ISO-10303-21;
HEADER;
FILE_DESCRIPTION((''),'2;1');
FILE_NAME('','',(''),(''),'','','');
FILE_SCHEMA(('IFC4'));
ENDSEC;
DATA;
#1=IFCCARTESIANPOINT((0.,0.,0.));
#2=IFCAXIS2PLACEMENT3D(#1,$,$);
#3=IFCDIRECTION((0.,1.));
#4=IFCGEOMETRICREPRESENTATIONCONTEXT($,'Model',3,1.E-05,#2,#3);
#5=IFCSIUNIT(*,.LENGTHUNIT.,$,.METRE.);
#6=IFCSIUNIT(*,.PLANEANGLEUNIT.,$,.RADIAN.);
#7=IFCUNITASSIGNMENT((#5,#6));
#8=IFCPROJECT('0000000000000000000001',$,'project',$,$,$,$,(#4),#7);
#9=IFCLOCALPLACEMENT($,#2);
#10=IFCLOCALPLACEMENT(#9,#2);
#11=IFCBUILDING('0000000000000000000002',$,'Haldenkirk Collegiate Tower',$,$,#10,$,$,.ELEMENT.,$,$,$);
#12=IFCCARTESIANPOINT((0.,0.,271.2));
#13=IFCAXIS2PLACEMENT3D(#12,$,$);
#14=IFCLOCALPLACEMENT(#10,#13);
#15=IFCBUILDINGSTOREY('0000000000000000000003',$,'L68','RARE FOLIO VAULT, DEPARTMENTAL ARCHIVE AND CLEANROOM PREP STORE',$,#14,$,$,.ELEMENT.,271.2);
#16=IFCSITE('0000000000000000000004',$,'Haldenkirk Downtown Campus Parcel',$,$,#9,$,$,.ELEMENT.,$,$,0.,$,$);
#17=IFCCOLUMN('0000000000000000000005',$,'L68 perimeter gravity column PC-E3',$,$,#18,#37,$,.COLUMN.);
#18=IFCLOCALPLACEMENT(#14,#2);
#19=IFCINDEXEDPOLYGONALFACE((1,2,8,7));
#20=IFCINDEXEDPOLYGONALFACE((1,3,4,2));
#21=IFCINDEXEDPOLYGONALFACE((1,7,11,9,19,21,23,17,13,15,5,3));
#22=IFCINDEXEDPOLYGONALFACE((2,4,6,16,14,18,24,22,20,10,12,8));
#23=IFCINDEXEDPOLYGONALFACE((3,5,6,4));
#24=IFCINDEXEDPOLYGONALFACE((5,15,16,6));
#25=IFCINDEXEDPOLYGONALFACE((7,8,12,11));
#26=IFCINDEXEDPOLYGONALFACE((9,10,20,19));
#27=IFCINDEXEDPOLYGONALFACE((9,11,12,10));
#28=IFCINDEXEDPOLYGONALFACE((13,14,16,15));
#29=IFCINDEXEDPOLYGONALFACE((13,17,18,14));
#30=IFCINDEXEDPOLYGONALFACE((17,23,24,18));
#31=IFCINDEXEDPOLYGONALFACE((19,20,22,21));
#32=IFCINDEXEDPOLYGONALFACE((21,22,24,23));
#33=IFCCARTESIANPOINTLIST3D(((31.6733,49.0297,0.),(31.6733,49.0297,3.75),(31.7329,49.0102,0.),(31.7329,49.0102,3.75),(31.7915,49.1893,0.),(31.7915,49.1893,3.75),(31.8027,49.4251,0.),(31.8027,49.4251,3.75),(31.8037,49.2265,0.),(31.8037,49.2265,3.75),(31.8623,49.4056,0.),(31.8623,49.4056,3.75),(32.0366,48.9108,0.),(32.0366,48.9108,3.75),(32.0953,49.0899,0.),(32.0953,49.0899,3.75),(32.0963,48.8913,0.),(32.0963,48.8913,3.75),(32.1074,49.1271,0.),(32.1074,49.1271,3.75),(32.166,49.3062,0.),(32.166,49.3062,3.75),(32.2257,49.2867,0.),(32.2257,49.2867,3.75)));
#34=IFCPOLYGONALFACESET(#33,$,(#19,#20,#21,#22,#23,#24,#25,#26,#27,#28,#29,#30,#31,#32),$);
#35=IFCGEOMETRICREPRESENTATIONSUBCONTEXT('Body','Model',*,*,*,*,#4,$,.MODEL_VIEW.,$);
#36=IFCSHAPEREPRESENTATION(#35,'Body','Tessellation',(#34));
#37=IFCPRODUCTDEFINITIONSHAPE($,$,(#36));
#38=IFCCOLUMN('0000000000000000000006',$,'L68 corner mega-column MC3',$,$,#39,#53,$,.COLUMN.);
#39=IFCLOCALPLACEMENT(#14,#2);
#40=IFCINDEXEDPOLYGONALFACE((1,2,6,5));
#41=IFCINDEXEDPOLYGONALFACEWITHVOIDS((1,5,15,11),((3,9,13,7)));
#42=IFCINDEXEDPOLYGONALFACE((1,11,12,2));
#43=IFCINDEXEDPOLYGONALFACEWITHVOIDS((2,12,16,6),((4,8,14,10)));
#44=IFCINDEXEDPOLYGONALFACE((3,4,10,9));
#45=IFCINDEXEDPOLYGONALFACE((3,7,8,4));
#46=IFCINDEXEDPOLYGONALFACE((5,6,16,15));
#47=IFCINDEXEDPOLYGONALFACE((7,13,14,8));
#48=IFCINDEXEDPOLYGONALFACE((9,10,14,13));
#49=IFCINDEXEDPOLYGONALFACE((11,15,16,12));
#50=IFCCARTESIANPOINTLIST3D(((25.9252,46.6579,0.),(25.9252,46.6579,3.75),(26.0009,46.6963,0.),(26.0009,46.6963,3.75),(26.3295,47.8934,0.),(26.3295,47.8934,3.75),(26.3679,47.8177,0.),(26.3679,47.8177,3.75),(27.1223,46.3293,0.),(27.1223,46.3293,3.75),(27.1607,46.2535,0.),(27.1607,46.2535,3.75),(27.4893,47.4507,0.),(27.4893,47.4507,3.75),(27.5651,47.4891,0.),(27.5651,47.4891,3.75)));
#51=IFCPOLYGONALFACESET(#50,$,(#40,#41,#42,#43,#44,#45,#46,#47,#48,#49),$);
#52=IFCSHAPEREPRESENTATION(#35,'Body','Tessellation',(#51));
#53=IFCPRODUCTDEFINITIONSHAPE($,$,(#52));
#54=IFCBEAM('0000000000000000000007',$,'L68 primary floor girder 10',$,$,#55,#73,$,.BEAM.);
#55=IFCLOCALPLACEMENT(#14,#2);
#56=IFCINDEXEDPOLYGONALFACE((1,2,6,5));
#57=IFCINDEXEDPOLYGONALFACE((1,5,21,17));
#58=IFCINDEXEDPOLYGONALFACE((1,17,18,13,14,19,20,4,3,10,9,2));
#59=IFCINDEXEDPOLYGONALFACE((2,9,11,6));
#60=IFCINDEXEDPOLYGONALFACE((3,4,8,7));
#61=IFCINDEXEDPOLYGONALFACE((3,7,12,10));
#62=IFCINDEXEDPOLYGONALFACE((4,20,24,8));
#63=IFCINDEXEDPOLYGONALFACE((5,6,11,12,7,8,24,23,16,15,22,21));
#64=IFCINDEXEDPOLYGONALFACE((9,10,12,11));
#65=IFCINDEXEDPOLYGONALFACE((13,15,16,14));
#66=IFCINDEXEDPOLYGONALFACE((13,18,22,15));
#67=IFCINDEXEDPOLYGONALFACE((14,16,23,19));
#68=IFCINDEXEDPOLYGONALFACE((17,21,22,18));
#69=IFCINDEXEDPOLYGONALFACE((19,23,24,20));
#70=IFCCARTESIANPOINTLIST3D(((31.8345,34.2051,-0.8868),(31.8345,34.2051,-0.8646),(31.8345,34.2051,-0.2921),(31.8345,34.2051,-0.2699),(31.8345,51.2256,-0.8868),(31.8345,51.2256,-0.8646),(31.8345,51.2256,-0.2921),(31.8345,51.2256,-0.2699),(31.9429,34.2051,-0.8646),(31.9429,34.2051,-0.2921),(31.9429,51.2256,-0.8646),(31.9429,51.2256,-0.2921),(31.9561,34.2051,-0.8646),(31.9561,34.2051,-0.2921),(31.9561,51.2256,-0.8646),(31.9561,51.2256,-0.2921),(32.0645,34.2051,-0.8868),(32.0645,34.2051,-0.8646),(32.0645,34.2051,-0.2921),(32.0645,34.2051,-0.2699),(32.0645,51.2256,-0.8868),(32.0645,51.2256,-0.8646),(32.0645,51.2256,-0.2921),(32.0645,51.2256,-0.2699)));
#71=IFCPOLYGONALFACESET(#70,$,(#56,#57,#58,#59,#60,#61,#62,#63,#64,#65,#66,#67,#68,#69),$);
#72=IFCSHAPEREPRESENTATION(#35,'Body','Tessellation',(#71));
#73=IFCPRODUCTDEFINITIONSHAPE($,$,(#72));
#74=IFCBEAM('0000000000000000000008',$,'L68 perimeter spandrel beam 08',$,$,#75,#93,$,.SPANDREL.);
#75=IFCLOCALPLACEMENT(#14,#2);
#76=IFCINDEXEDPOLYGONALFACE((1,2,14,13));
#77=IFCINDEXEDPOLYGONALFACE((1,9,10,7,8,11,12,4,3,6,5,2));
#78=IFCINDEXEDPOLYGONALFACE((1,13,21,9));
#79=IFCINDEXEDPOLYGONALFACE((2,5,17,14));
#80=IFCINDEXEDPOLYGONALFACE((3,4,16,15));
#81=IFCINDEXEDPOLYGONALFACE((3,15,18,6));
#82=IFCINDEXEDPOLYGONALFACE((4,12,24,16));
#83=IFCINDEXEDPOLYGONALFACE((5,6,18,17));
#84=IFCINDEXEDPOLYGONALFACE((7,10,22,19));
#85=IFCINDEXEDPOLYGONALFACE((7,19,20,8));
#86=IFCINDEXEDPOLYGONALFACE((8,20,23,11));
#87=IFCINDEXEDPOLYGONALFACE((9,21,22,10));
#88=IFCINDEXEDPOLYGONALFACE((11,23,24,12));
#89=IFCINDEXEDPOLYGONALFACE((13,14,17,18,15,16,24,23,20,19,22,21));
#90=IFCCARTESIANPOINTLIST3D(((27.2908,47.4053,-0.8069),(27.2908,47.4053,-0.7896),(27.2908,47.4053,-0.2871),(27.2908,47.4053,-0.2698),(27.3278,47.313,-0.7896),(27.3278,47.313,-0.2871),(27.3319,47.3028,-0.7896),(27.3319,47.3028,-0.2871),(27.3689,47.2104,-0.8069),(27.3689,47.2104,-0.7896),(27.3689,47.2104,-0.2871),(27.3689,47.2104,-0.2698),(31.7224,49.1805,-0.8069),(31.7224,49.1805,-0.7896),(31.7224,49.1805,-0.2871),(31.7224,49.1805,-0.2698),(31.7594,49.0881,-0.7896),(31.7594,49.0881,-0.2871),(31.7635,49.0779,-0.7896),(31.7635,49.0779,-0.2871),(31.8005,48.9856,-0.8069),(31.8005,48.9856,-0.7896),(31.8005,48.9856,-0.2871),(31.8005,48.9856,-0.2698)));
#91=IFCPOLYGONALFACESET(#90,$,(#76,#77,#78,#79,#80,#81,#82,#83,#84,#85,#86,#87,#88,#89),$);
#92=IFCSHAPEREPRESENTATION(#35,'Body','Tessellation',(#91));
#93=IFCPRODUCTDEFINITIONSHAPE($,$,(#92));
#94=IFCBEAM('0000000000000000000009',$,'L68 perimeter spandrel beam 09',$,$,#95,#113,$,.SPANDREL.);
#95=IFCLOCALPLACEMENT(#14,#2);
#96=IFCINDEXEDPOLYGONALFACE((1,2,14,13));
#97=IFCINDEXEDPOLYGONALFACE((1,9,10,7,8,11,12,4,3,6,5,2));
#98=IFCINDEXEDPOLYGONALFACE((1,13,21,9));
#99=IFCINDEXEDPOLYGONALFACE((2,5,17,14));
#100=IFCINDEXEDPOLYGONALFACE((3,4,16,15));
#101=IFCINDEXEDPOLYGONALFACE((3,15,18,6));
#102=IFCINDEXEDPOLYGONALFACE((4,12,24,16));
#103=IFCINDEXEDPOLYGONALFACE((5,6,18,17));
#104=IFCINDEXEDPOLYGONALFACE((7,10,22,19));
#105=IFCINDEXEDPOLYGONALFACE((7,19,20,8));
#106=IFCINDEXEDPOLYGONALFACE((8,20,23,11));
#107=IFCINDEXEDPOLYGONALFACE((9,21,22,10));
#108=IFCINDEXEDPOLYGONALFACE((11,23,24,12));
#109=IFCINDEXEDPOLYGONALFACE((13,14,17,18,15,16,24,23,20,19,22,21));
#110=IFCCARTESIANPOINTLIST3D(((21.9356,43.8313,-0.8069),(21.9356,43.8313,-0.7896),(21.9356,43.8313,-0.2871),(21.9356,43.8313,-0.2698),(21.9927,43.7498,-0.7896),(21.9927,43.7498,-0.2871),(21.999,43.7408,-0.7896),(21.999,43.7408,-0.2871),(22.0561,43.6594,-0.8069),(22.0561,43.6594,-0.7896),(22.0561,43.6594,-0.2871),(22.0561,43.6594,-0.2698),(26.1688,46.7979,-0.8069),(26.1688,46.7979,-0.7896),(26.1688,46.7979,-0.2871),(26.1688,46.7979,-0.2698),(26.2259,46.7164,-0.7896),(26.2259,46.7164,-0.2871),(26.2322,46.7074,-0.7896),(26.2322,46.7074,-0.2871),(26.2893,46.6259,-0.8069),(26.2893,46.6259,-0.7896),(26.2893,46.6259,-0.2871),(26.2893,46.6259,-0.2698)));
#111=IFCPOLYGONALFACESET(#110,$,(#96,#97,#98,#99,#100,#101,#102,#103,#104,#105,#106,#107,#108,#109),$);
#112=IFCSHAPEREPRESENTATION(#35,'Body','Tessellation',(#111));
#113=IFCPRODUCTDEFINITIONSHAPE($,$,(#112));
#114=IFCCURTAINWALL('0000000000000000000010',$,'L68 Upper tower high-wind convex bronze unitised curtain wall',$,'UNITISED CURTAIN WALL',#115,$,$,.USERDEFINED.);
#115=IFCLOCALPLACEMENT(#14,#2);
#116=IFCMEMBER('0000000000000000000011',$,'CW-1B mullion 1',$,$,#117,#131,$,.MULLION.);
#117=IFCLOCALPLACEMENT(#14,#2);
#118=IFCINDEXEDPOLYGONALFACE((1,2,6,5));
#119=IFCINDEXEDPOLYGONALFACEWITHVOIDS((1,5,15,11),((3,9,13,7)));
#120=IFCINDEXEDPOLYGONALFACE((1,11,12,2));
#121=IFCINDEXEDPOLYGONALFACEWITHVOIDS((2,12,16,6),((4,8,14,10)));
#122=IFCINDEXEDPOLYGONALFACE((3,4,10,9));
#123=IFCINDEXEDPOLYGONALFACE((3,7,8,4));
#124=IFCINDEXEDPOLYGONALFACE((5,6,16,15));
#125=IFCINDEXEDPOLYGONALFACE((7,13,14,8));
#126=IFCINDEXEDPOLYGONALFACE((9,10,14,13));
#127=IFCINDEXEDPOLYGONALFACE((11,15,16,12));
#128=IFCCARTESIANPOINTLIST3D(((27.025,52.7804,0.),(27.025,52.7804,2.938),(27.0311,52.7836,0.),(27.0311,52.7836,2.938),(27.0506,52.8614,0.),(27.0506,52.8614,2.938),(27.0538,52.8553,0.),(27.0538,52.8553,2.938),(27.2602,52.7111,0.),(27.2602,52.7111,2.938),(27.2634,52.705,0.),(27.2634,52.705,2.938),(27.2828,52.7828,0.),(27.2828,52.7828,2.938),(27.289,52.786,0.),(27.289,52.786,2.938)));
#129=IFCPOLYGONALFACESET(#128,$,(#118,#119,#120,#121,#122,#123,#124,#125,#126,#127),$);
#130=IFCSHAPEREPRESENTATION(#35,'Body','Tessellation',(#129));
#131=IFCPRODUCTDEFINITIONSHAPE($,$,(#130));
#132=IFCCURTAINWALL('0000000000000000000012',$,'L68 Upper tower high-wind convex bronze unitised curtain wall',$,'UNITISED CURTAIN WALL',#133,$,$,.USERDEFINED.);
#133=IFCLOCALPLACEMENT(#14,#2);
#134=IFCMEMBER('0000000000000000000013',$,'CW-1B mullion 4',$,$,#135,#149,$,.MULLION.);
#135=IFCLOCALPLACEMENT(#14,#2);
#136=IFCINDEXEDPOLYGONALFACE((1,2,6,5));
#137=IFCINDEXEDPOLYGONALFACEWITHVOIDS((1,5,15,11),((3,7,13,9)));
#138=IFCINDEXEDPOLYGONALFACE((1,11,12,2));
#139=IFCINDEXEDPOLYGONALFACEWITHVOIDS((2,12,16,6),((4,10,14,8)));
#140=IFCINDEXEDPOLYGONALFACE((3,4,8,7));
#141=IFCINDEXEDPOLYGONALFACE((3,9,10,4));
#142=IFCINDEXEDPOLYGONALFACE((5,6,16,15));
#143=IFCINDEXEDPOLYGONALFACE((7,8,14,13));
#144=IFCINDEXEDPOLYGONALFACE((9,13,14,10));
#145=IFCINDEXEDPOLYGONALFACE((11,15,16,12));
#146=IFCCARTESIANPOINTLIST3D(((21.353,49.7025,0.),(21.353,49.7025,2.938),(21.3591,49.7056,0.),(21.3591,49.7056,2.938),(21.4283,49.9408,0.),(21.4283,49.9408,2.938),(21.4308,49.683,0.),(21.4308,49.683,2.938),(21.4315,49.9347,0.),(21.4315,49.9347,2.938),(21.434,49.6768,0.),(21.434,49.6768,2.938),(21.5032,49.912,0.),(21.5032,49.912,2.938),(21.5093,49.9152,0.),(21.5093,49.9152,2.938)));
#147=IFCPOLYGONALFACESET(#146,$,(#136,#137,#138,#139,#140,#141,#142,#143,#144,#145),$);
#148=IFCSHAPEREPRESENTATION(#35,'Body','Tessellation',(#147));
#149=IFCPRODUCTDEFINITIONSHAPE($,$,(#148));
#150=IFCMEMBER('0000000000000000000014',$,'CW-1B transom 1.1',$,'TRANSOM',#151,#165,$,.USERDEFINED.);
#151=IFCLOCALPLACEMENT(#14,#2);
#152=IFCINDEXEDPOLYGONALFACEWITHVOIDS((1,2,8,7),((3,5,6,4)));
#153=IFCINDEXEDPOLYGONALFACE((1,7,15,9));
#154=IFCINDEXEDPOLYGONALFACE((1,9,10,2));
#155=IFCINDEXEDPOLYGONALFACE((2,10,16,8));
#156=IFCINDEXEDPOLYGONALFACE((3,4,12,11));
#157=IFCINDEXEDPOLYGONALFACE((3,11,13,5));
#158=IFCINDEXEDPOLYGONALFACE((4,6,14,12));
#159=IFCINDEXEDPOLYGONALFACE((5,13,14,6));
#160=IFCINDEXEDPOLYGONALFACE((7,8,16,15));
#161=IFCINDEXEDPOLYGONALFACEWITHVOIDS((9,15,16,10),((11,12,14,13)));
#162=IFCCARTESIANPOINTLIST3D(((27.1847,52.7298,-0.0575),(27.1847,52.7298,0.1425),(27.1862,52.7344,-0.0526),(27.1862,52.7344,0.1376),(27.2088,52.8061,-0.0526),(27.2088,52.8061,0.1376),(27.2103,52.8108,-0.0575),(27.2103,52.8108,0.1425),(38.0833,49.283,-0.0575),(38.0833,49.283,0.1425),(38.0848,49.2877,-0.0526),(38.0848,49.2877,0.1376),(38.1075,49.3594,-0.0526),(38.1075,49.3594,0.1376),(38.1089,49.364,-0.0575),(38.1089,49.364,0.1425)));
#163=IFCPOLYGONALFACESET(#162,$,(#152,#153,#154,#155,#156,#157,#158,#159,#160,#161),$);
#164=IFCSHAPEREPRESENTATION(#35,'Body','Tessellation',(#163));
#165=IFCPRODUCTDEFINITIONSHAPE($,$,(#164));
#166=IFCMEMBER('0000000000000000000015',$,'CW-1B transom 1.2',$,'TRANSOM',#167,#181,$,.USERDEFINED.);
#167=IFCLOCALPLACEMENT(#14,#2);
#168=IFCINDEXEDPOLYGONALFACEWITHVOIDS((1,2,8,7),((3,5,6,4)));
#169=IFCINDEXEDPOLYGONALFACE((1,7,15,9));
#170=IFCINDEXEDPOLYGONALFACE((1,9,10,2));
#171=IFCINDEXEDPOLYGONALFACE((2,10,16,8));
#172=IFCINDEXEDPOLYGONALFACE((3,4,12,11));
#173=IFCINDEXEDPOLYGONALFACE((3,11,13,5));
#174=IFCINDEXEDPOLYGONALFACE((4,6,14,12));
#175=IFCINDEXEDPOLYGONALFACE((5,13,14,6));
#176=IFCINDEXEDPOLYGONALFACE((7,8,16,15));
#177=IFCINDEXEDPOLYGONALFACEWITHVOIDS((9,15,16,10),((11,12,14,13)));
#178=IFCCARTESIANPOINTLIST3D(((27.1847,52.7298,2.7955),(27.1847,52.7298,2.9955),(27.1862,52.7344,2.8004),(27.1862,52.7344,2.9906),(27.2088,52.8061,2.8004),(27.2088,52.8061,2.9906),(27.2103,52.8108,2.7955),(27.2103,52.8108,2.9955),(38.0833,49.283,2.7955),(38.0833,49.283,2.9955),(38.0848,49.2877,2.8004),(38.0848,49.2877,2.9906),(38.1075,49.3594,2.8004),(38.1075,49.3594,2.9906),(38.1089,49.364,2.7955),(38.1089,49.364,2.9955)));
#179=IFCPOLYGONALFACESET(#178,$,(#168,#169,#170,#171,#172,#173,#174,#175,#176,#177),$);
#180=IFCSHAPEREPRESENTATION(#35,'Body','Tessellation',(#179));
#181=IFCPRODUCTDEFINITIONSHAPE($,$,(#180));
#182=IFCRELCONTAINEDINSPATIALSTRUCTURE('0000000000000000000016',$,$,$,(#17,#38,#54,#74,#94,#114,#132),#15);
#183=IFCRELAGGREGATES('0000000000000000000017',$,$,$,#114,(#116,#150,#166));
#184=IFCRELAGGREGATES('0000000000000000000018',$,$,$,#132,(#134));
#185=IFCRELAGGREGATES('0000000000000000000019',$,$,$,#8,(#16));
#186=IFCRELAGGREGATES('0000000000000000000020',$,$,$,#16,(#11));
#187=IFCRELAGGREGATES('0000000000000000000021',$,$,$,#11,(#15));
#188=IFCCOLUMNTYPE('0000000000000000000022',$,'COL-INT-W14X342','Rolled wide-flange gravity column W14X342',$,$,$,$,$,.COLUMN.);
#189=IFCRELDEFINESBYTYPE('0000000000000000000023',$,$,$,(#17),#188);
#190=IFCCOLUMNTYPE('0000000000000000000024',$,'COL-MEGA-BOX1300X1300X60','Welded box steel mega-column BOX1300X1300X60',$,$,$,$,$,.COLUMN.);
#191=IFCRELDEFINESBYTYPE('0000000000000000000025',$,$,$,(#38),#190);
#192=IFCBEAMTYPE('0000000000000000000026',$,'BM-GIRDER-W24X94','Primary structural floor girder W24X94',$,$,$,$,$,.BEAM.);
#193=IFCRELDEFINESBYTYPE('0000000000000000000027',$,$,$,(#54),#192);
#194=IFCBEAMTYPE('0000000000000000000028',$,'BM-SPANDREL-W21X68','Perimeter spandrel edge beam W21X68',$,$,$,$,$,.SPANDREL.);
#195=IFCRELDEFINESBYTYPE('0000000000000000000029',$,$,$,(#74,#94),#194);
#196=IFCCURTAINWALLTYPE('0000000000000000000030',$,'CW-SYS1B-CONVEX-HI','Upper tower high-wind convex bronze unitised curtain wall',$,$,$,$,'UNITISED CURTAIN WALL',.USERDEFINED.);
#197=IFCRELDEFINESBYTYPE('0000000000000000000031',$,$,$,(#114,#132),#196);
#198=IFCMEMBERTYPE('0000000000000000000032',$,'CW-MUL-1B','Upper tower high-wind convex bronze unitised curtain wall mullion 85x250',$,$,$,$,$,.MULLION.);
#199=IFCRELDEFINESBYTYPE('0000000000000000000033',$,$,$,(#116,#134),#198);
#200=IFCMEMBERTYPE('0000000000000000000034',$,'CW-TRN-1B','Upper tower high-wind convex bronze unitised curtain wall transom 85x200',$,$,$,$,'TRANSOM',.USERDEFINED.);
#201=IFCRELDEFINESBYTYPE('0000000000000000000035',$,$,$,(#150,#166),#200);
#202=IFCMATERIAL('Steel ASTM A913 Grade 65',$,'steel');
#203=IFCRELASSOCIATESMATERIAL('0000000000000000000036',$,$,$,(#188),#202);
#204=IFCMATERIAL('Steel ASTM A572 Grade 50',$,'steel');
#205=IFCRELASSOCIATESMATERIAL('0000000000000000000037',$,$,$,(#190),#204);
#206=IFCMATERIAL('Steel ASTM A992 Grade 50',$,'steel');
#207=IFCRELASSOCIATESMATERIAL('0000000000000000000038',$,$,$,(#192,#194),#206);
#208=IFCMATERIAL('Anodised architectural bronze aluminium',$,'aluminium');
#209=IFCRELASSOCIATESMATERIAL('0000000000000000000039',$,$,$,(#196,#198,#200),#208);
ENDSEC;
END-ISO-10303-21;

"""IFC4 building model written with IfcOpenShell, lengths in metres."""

from ifc_helpers import new_model, si_unit, direction, frame, origin, origin_2d, place, context, subcontext, project, spatial, hollow_rectangle, i_section, extrude, material, material_profile, profile_set, type_object, element, aggregate, save


model = new_model("IFC4")

# Units and contexts
model_context = context("Model", 3, precision=1e-05, world=origin(), true_north=direction((0.0, 1.0)))
body_context = subcontext(model_context, "Body", "Model", "MODEL_VIEW")
ifc_project = project(units=[si_unit("LENGTHUNIT", "METRE"), si_unit("PLANEANGLEUNIT", "RADIAN")], contexts=[model_context])

# Site, building, storey
site_placement = place(None, origin())
site = spatial("IfcSite", under=ifc_project, at=site_placement, Name="Haldenkirk Downtown Campus Parcel", CompositionType="ELEMENT", RefElevation=0.0)
building_placement = place(site_placement, origin())
building = spatial("IfcBuilding", under=site, at=building_placement, Name="Haldenkirk Collegiate Tower", CompositionType="ELEMENT")
storey_placement = place(building_placement, frame((0.0, 0.0, 271.2)))
storey = spatial("IfcBuildingStorey", under=building, at=storey_placement, Name="L68", Description="RARE FOLIO VAULT, DEPARTMENTAL ARCHIVE AND CLEANROOM PREP STORE", CompositionType="ELEMENT", Elevation=271.2)

# Columns
ifc_material_1 = material(Name="Steel ASTM A913 Grade 65", Category="steel")
ifc_material_profile_1 = material_profile(ifc_material_1, i_section(OverallWidth=0.416, OverallDepth=0.4451, WebThickness=0.0391, FlangeThickness=0.0627, at=origin_2d()), Name="W14X342")
ifc_profile_set_1 = profile_set([ifc_material_profile_1], Name="Steel ASTM A913 Grade 65")
column_type_1 = type_object("IfcColumnType", Name="COL-INT-W14X342", Description="Rolled wide-flange gravity column W14X342", PredefinedType="COLUMN", material=ifc_profile_set_1)
column_1_placement = place(storey_placement, frame((31.9495, 49.1582, 0.0), z_axis=(0.0, 0.0, 1.0), x_axis=(0.311008, 0.950407, 0.0)))
element("IfcColumn", 1, at=column_1_placement, inside=storey, type_object=column_type_1, Name="L68 perimeter gravity column PC-E3", PredefinedType="COLUMN", context=body_context, shape_type="SweptSolid", body=[
    extrude(i_section(OverallWidth=0.416, OverallDepth=0.4451, WebThickness=0.0391, FlangeThickness=0.0627, at=origin_2d()), origin(), (0.0, 0.0, 1.0), 3.75),
])
ifc_material_2 = material(Name="Steel ASTM A572 Grade 50", Category="steel")
ifc_material_profile_2 = material_profile(ifc_material_2, hollow_rectangle(XDim=1.3, YDim=1.3, WallThickness=0.0601, at=origin_2d()), Name="BOX1300X1300X60")
ifc_profile_set_2 = profile_set([ifc_material_profile_2], Name="Steel ASTM A572 Grade 50")
column_type_2 = type_object("IfcColumnType", Name="COL-MEGA-BOX1300X1300X60", Description="Welded box steel mega-column BOX1300X1300X60", PredefinedType="COLUMN", material=ifc_profile_set_2)
column_2_placement = place(storey_placement, frame((26.7451, 47.0735, 0.0), z_axis=(0.0, 0.0, 1.0), x_axis=(0.311008, 0.950407, 0.0)))
element("IfcColumn", 2, at=column_2_placement, inside=storey, type_object=column_type_2, Name="L68 corner mega-column MC3", PredefinedType="COLUMN", context=body_context, shape_type="SweptSolid", body=[
    extrude(hollow_rectangle(XDim=1.3, YDim=1.3, WallThickness=0.0601, at=origin_2d()), origin(), (0.0, 0.0, 1.0), 3.75),
])

# Beams
ifc_material_3 = material(Name="Steel ASTM A992 Grade 50", Category="steel")
ifc_material_profile_3 = material_profile(ifc_material_3, i_section(OverallWidth=0.23, OverallDepth=0.6169, WebThickness=0.0132, FlangeThickness=0.0222, at=origin_2d()), Name="W24X94")
ifc_profile_set_3 = profile_set([ifc_material_profile_3], Name="Steel ASTM A992 Grade 50")
beam_type_1 = type_object("IfcBeamType", Name="BM-GIRDER-W24X94", Description="Primary structural floor girder W24X94", PredefinedType="BEAM", material=ifc_profile_set_3)
beam_1_placement = place(storey_placement, frame((31.9495, 51.2256, -0.5784), z_axis=(0.0, -1.0, 0.0), x_axis=(1.0, 0.0, 0.0)))
element("IfcBeam", 3, at=beam_1_placement, inside=storey, type_object=beam_type_1, Name="L68 primary floor girder 10", PredefinedType="BEAM", context=body_context, shape_type="SweptSolid", body=[
    extrude(i_section(OverallWidth=0.23, OverallDepth=0.6169, WebThickness=0.0132, FlangeThickness=0.0222, at=origin_2d()), origin(), (0.0, 0.0, 1.0), 17.0205),
])
ifc_material_profile_4 = material_profile(ifc_material_3, i_section(OverallWidth=0.21, OverallDepth=0.5371, WebThickness=0.011, FlangeThickness=0.0173, at=origin_2d()), Name="W21X68")
ifc_profile_set_4 = profile_set([ifc_material_profile_4], Name="Steel ASTM A992 Grade 50")
beam_type_2 = type_object("IfcBeamType", Name="BM-SPANDREL-W21X68", Description="Perimeter spandrel edge beam W21X68", PredefinedType="SPANDREL", material=ifc_profile_set_4)
beam_2_placement = place(storey_placement, frame((31.7615, 49.083, -0.5383), z_axis=(-0.928297, -0.37184, 0.0), x_axis=(0.37184, -0.928297, 0.0)))
element("IfcBeam", 4, at=beam_2_placement, inside=storey, type_object=beam_type_2, Name="L68 perimeter spandrel beam 08", PredefinedType="SPANDREL", context=body_context, shape_type="SweptSolid", body=[
    extrude(i_section(OverallWidth=0.21, OverallDepth=0.5371, WebThickness=0.011, FlangeThickness=0.0173, at=origin_2d()), origin(), (0.0, 0.0, 1.0), 4.7739),
])
beam_3_placement = place(storey_placement, frame((26.229, 46.7119, -0.5383), z_axis=(-0.818928, -0.573897, 0.0), x_axis=(0.573897, -0.818928, 0.0)))
element("IfcBeam", 5, at=beam_3_placement, inside=storey, type_object=beam_type_2, Name="L68 perimeter spandrel beam 09", PredefinedType="SPANDREL", context=body_context, shape_type="SweptSolid", body=[
    extrude(i_section(OverallWidth=0.21, OverallDepth=0.5371, WebThickness=0.011, FlangeThickness=0.0173, at=origin_2d()), origin(), (0.0, 0.0, 1.0), 5.1692),
])

# Curtain walls, members
ifc_material_4 = material(Name="Anodised architectural bronze aluminium", Category="aluminium")
curtain_wall_type = type_object("IfcCurtainWallType", Name="CW-SYS1B-CONVEX-HI", Description="Upper tower high-wind convex bronze unitised curtain wall", ElementType="UNITISED CURTAIN WALL", PredefinedType="USERDEFINED", material=ifc_material_4)
curtain_wall_1_placement = place(storey_placement, origin())
curtain_wall_1 = element("IfcCurtainWall", 6, at=curtain_wall_1_placement, inside=storey, type_object=curtain_wall_type, Name="L68 Upper tower high-wind convex bronze unitised curtain wall", ObjectType="UNITISED CURTAIN WALL", PredefinedType="USERDEFINED")
ifc_material_profile_5 = material_profile(ifc_material_4, hollow_rectangle(XDim=0.085, YDim=0.25, WallThickness=0.0049, at=origin_2d()), Name="CW-MUL-1B")
ifc_profile_set_5 = profile_set([ifc_material_profile_5], Name="Anodised architectural bronze aluminium")
member_type_1 = type_object("IfcMemberType", Name="CW-MUL-1B", Description="Upper tower high-wind convex bronze unitised curtain wall mullion 85x250", PredefinedType="MULLION", material=ifc_profile_set_5)
member_1_placement = place(storey_placement, frame((27.157, 52.7832, 0.0), z_axis=(0.0, 0.0, 1.0), x_axis=(0.301537, 0.953454, 0.0)))
member_1 = element("IfcMember", 7, at=member_1_placement, type_object=member_type_1, Name="CW-1B mullion 1", PredefinedType="MULLION", context=body_context, shape_type="SweptSolid", body=[
    extrude(hollow_rectangle(XDim=0.085, YDim=0.25, WallThickness=0.0049, at=origin_2d()), origin(), (0.0, 0.0, 1.0), 2.938),
])
curtain_wall_2_placement = place(storey_placement, origin())
curtain_wall_2 = element("IfcCurtainWall", 8, at=curtain_wall_2_placement, inside=storey, type_object=curtain_wall_type, Name="L68 Upper tower high-wind convex bronze unitised curtain wall", ObjectType="UNITISED CURTAIN WALL", PredefinedType="USERDEFINED")
member_2_placement = place(storey_placement, frame((21.4312, 49.8088, 0.0), z_axis=(0.0, 0.0, 1.0), x_axis=(-0.953455, 0.301537, 0.0)))
member_2 = element("IfcMember", 9, at=member_2_placement, type_object=member_type_1, Name="CW-1B mullion 4", PredefinedType="MULLION", context=body_context, shape_type="SweptSolid", body=[
    extrude(hollow_rectangle(XDim=0.085, YDim=0.25, WallThickness=0.0049, at=origin_2d()), origin(), (0.0, 0.0, 1.0), 2.938),
])

# Members
ifc_material_profile_6 = material_profile(ifc_material_4, hollow_rectangle(XDim=0.085, YDim=0.2, WallThickness=0.0049, at=origin_2d()), Name="CW-TRN-1B")
ifc_profile_set_6 = profile_set([ifc_material_profile_6], Name="Anodised architectural bronze aluminium")
member_type_2 = type_object("IfcMemberType", Name="CW-TRN-1B", Description="Upper tower high-wind convex bronze unitised curtain wall transom 85x200", ElementType="TRANSOM", PredefinedType="USERDEFINED", material=ifc_profile_set_6)
member_3_placement = place(storey_placement, frame((27.1975, 52.7703, 0.0425), z_axis=(0.953455, -0.301536, 0.0), x_axis=(0.301536, 0.953455, 0.0)))
member_3 = element("IfcMember", 10, at=member_3_placement, type_object=member_type_2, Name="CW-1B transom 1.1", ObjectType="TRANSOM", PredefinedType="USERDEFINED", context=body_context, shape_type="SweptSolid", body=[
    extrude(hollow_rectangle(XDim=0.085, YDim=0.2, WallThickness=0.0049, at=origin_2d()), origin(), (0.0, 0.0, 1.0), 11.4307),
])
member_4_placement = place(storey_placement, frame((27.1975, 52.7703, 2.8955), z_axis=(0.953455, -0.301536, 0.0), x_axis=(0.301536, 0.953455, 0.0)))
member_4 = element("IfcMember", 11, at=member_4_placement, type_object=member_type_2, Name="CW-1B transom 1.2", ObjectType="TRANSOM", PredefinedType="USERDEFINED", context=body_context, shape_type="SweptSolid", body=[
    extrude(hollow_rectangle(XDim=0.085, YDim=0.2, WallThickness=0.0049, at=origin_2d()), origin(), (0.0, 0.0, 1.0), 11.4307),
])

aggregate(curtain_wall_1, [member_1, member_3, member_4])
aggregate(curtain_wall_2, [member_2])

save(model, "model.ifc")
